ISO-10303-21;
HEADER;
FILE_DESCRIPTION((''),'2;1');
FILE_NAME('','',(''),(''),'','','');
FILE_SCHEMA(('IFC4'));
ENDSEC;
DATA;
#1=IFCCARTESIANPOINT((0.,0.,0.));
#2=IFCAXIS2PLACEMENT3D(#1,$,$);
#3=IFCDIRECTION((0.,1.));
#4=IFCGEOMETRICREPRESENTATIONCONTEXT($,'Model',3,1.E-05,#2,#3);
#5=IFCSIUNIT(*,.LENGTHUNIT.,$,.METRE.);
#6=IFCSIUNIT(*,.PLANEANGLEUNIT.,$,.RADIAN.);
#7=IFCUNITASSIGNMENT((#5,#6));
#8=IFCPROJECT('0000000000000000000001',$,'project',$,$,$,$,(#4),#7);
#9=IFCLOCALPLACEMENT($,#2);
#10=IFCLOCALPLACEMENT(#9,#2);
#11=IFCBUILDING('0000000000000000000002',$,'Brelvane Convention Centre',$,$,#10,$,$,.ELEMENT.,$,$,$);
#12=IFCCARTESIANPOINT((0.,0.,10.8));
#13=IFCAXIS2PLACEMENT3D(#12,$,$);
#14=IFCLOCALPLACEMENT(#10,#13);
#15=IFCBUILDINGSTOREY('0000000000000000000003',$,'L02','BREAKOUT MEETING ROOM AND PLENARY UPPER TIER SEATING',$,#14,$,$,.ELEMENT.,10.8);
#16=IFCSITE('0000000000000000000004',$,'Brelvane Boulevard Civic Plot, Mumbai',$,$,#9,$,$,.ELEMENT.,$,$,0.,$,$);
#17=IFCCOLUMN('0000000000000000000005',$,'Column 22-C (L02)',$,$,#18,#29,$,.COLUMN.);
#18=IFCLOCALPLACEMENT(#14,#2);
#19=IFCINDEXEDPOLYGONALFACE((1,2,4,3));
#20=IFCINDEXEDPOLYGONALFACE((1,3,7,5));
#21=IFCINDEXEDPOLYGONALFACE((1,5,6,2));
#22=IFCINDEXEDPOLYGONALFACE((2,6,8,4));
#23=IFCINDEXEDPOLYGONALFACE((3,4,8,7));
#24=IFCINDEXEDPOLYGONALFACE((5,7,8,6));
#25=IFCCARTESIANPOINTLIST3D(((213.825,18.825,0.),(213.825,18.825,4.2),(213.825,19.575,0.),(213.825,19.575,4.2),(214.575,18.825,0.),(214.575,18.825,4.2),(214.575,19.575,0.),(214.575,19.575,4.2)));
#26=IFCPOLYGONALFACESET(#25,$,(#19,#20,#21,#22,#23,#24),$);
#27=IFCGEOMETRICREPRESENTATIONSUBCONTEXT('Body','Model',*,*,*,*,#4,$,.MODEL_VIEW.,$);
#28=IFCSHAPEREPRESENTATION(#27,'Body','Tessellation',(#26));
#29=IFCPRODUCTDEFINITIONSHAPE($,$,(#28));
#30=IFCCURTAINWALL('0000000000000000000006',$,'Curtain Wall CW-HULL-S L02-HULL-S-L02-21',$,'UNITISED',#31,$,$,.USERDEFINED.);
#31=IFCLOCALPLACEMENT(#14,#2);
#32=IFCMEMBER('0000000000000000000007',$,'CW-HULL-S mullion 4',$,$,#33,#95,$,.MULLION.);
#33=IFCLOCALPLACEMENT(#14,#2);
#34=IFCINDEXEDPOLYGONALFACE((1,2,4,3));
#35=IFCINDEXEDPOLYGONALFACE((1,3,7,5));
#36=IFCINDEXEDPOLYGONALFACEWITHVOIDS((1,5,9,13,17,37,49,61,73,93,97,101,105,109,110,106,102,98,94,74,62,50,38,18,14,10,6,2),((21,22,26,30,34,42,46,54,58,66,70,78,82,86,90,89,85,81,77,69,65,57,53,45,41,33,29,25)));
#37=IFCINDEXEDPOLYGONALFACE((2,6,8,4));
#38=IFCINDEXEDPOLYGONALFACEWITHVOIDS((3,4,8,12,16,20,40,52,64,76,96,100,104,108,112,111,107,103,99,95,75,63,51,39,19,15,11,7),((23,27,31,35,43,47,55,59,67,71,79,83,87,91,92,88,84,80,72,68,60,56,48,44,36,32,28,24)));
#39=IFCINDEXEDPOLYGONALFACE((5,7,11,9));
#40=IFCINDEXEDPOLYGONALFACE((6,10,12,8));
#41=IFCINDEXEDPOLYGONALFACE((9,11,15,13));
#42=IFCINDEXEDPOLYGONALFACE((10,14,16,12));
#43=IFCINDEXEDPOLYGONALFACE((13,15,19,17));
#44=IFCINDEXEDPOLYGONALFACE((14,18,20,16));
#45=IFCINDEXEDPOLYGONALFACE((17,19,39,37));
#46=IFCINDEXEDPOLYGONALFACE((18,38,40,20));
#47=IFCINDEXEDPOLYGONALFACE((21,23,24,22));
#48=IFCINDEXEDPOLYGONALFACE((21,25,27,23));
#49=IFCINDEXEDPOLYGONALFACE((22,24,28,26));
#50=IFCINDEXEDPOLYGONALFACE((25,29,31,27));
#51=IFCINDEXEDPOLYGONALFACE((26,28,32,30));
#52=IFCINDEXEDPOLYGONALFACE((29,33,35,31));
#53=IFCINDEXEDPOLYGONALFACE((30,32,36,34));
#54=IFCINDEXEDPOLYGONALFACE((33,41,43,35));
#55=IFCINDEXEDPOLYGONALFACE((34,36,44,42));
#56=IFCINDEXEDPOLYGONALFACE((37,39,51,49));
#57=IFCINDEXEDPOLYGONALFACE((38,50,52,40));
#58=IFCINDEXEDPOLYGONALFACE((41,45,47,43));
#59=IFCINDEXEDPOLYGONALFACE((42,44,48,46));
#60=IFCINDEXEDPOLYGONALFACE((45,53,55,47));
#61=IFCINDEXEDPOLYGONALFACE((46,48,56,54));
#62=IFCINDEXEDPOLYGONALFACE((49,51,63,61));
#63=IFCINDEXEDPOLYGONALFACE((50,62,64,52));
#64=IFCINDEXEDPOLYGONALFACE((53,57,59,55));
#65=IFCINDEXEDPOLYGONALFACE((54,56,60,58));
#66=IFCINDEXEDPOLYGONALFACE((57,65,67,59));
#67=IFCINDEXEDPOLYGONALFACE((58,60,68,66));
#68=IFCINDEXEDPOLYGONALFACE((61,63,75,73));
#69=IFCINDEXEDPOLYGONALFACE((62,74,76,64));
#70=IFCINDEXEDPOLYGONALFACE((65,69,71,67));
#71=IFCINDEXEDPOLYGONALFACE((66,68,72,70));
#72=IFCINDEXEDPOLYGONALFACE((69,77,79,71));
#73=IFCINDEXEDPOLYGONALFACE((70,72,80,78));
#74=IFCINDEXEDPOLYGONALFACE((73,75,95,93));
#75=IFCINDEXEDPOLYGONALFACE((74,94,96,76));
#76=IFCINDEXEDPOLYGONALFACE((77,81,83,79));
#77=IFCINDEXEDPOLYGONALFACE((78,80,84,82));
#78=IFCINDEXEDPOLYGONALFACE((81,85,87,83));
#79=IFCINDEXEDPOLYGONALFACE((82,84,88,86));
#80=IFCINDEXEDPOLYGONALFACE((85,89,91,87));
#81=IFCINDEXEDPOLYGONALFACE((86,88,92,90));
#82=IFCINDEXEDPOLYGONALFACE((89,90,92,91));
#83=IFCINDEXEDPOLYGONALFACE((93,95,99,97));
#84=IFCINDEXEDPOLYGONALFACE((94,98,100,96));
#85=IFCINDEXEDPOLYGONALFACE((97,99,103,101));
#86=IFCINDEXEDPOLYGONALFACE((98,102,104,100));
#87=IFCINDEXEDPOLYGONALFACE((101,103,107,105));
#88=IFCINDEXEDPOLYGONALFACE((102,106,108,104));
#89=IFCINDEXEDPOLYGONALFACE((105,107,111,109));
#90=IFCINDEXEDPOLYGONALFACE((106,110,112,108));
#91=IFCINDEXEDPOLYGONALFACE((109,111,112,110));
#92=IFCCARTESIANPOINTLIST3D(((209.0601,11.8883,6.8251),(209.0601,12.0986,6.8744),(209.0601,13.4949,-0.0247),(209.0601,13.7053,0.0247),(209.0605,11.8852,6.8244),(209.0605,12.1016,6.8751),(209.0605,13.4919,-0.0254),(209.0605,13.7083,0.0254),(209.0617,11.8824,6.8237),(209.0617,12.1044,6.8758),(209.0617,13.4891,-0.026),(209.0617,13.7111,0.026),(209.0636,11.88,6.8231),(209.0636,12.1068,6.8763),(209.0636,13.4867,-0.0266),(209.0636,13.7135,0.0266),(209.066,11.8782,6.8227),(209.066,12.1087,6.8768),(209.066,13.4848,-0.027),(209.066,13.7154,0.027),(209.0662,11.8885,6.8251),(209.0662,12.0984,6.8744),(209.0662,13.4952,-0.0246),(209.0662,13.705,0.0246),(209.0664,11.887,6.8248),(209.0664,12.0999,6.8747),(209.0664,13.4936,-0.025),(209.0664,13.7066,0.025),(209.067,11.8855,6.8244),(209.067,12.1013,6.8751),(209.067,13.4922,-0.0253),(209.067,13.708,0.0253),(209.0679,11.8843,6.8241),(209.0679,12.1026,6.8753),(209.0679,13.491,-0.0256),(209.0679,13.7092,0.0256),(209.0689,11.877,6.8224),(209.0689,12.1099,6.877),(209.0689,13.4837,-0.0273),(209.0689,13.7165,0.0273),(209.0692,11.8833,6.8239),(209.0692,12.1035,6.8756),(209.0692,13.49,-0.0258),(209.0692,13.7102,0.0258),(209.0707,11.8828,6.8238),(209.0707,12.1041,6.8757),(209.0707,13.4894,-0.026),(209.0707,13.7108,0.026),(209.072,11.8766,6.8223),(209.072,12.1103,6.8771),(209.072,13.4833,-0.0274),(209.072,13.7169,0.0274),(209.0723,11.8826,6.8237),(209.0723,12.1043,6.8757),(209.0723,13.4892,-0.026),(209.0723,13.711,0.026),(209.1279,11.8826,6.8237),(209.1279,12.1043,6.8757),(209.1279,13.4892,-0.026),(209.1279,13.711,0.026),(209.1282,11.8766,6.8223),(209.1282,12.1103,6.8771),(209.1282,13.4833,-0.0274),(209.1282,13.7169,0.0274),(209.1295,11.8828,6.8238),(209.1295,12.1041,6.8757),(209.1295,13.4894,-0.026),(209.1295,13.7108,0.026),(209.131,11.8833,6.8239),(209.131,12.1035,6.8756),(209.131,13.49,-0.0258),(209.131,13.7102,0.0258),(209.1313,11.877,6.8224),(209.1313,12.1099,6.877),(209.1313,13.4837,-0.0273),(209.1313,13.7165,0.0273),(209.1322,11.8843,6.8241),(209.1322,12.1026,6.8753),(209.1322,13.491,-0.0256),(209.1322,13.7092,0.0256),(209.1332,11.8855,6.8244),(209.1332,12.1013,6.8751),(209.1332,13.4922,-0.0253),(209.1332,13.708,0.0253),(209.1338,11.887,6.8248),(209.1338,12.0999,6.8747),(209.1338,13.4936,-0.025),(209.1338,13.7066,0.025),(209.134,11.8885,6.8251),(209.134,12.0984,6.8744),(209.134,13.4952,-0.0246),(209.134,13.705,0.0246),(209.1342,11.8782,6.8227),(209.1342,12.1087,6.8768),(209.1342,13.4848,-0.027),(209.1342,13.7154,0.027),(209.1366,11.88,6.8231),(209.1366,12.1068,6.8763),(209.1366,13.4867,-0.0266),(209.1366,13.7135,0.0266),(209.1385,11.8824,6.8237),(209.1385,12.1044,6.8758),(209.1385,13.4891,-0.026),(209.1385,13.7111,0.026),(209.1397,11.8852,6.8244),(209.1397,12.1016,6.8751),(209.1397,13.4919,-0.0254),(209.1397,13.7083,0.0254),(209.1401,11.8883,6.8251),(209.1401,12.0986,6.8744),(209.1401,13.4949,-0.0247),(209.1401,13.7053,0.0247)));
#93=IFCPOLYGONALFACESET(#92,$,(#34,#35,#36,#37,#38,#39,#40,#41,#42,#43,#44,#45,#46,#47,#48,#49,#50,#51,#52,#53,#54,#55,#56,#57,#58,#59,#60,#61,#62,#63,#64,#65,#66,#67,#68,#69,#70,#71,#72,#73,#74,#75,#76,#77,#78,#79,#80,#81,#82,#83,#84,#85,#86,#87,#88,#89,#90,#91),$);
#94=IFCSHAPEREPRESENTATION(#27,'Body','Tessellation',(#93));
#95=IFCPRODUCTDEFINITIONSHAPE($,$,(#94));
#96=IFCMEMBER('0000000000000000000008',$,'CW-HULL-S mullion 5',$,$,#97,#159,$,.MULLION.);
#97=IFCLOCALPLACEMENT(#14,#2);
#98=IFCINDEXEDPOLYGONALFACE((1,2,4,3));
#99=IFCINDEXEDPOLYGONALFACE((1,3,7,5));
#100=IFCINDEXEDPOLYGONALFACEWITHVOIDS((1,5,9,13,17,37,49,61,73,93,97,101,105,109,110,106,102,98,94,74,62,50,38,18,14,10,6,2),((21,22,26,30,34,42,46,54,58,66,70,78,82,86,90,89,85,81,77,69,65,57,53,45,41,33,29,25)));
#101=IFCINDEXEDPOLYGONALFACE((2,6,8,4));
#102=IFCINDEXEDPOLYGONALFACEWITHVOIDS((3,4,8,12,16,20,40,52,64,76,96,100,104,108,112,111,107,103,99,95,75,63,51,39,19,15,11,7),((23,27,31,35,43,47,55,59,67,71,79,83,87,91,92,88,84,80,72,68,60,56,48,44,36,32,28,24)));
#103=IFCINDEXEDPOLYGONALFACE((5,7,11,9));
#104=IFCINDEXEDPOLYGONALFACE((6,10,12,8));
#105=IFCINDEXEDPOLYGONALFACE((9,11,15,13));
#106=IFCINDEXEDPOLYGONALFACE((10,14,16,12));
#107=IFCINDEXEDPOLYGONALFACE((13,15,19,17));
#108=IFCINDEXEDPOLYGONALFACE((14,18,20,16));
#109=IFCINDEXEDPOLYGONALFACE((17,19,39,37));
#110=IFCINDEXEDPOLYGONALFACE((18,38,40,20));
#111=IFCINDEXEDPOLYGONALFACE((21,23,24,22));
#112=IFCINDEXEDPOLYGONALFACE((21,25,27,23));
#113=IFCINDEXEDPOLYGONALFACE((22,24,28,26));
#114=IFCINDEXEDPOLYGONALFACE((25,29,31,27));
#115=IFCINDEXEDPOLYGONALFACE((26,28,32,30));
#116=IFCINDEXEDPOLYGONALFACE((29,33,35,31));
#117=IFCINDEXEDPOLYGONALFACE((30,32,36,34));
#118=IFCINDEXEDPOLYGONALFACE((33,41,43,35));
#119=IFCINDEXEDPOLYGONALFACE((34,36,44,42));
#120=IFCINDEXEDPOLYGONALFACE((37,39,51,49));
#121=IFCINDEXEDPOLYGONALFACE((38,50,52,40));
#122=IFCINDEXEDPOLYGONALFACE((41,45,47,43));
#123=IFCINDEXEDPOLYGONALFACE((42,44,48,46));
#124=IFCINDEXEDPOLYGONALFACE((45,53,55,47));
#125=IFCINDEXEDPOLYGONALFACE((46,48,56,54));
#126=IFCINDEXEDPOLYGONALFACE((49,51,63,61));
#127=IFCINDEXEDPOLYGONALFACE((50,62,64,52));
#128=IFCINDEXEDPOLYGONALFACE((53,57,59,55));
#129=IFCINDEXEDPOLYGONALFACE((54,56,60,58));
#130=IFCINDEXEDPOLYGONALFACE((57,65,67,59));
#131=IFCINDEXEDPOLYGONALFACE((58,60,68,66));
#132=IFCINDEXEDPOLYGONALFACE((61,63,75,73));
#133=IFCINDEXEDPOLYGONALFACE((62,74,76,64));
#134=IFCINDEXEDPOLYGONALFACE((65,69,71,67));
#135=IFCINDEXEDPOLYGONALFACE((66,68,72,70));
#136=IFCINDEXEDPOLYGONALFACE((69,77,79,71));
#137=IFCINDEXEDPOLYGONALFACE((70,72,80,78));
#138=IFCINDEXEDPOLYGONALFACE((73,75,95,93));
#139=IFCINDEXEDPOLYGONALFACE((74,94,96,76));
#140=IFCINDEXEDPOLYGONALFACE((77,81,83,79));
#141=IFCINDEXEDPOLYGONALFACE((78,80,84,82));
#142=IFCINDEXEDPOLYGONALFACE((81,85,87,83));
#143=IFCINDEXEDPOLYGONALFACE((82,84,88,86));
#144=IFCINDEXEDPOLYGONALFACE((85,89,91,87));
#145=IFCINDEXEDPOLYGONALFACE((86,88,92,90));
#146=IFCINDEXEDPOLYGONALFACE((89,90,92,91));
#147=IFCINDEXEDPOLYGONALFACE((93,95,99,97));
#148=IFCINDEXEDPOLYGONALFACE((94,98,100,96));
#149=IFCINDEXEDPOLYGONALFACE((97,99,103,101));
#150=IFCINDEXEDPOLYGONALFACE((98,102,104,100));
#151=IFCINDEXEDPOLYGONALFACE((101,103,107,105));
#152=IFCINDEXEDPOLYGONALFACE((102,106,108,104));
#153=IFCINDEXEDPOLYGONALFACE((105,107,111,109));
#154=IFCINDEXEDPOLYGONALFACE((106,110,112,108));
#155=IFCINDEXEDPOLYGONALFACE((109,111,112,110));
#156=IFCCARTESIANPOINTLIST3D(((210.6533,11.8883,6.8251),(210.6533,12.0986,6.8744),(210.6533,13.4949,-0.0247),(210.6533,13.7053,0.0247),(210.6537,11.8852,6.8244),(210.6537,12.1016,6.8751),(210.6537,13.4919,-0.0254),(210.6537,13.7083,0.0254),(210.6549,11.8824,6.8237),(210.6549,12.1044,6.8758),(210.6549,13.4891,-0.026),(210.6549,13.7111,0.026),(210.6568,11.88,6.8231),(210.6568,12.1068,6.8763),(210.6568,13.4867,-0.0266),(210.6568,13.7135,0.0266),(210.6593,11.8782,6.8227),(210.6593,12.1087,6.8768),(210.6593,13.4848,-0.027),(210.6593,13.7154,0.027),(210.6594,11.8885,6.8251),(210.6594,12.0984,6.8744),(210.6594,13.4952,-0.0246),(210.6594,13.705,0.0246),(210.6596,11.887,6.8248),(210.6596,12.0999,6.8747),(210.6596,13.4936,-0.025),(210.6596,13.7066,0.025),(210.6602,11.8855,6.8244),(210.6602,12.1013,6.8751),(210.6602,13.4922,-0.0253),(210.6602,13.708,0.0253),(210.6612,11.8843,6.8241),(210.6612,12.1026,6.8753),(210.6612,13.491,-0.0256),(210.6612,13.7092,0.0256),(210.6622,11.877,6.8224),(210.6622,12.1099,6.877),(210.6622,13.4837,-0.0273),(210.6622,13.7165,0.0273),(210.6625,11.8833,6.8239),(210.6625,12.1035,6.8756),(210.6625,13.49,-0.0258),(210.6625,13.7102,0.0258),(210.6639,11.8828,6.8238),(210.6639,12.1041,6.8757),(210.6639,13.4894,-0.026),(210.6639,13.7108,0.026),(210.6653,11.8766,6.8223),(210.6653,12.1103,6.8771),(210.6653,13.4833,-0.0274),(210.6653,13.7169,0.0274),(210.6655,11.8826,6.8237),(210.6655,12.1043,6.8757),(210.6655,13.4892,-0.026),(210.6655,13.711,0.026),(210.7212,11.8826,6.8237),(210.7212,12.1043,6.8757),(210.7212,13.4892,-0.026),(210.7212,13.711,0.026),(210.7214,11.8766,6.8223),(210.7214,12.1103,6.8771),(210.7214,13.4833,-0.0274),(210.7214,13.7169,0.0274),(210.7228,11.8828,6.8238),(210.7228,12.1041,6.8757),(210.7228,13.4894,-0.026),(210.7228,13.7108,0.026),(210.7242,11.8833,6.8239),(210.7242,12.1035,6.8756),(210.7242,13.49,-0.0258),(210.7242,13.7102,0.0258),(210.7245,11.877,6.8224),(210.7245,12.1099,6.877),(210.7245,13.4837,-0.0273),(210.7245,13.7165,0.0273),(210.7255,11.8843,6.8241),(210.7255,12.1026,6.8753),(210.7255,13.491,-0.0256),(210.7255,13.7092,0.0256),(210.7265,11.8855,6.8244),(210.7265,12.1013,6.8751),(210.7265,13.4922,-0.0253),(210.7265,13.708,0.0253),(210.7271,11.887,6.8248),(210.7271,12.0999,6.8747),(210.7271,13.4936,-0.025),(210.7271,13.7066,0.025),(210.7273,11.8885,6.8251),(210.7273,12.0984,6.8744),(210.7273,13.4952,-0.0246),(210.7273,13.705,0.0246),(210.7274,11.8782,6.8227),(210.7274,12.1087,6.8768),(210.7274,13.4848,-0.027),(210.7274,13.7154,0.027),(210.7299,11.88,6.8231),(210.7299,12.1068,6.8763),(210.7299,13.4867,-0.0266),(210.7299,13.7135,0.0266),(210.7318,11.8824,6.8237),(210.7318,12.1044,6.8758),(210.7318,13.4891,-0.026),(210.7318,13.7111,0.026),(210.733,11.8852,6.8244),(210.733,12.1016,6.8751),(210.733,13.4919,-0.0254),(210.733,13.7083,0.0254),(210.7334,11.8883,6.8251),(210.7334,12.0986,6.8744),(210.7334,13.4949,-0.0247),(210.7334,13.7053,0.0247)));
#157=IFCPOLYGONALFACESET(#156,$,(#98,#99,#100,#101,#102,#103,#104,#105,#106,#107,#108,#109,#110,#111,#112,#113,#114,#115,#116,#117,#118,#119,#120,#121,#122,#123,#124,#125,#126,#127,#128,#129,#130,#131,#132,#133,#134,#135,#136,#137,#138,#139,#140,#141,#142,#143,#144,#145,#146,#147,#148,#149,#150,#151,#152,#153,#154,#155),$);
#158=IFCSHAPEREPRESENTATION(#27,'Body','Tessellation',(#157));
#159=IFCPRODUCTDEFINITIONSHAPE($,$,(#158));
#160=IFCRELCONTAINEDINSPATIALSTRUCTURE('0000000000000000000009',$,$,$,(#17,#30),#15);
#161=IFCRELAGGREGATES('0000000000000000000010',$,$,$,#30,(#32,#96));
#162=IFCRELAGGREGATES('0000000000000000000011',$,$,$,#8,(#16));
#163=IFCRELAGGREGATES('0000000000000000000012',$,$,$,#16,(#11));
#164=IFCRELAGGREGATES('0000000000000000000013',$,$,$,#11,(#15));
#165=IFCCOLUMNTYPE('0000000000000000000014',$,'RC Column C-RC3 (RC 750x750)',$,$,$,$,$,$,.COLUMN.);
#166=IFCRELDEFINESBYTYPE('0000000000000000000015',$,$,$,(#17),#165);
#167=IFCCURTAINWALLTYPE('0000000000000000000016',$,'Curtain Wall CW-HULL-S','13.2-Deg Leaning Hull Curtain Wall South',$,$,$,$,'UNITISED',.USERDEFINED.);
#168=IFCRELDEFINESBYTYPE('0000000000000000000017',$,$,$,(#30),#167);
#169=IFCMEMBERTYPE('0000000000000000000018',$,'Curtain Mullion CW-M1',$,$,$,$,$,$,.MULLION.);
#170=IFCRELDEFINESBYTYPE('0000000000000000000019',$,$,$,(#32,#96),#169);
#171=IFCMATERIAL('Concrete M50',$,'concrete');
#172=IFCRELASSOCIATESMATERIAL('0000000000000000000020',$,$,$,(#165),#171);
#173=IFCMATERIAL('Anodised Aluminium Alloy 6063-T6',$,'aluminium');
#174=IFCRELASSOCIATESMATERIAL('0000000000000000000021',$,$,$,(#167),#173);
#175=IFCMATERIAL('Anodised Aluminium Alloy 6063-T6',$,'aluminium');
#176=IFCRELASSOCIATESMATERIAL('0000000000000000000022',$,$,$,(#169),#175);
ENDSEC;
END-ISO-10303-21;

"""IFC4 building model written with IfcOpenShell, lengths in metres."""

from ifc_helpers import new_model, si_unit, direction, frame, origin, origin_2d, place, context, subcontext, project, spatial, rectangle, hollow_rectangle, extrude, material, material_profile, profile_set, type_object, element, aggregate, save


model = new_model("IFC4")

# Units and contexts
model_context = context("Model", 3, precision=1e-05, world=origin(), true_north=direction((0.0, 1.0)))
body_context = subcontext(model_context, "Body", "Model", "MODEL_VIEW")
ifc_project = project(units=[si_unit("LENGTHUNIT", "METRE"), si_unit("PLANEANGLEUNIT", "RADIAN")], contexts=[model_context])

# Site, building, storey
site_placement = place(None, origin())
site = spatial("IfcSite", under=ifc_project, at=site_placement, Name="Brelvane Boulevard Civic Plot, Mumbai", CompositionType="ELEMENT", RefElevation=0.0)
building_placement = place(site_placement, origin())
building = spatial("IfcBuilding", under=site, at=building_placement, Name="Brelvane Convention Centre", CompositionType="ELEMENT")
storey_placement = place(building_placement, frame((0.0, 0.0, 10.8)))
storey = spatial("IfcBuildingStorey", under=building, at=storey_placement, Name="L02", Description="BREAKOUT MEETING ROOM AND PLENARY UPPER TIER SEATING", CompositionType="ELEMENT", Elevation=10.8)

# Column
ifc_material_1 = material(Name="Concrete M50", Category="concrete")
ifc_material_profile_1 = material_profile(ifc_material_1, rectangle(XDim=0.75, YDim=0.75, at=origin_2d()), Name="RC 750x750")
ifc_profile_set_1 = profile_set([ifc_material_profile_1], Name="Concrete M50")
column_type = type_object("IfcColumnType", Name="RC Column C-RC3 (RC 750x750)", PredefinedType="COLUMN", material=ifc_profile_set_1)
column_placement = place(storey_placement, frame((214.2, 19.2, 0.0), z_axis=(0.0, 0.0, 1.0), x_axis=(1.0, 0.0, 0.0)))
element("IfcColumn", 1, at=column_placement, inside=storey, type_object=column_type, Name="Column 22-C (L02)", PredefinedType="COLUMN", context=body_context, shape_type="SweptSolid", body=[
    extrude(rectangle(XDim=0.75, YDim=0.75, at=origin_2d()), origin(), (0.0, 0.0, 1.0), 4.2),
])

# Curtain wall, members
ifc_material_2 = material(Name="Anodised Aluminium Alloy 6063-T6", Category="aluminium")
curtain_wall_type = type_object("IfcCurtainWallType", Name="Curtain Wall CW-HULL-S", Description="13.2-Deg Leaning Hull Curtain Wall South", ElementType="UNITISED", PredefinedType="USERDEFINED", material=ifc_material_2)
curtain_wall_placement = place(storey_placement, origin())
curtain_wall = element("IfcCurtainWall", 2, at=curtain_wall_placement, inside=storey, type_object=curtain_wall_type, Name="Curtain Wall CW-HULL-S L02-HULL-S-L02-21", ObjectType="UNITISED", PredefinedType="USERDEFINED")
ifc_material_3 = material(Name="Anodised Aluminium Alloy 6063-T6", Category="aluminium")
ifc_material_profile_2 = material_profile(ifc_material_3, hollow_rectangle(XDim=0.0801, YDim=0.24, WallThickness=0.0061, InnerFilletRadius=0.0061, OuterFilletRadius=0.012, at=origin_2d()), Name="ALU-M 240x80x6.0")
ifc_profile_set_2 = profile_set([ifc_material_profile_2], Name="Anodised Aluminium Alloy 6063-T6")
member_type_1 = type_object("IfcMemberType", Name="Curtain Mullion CW-M1", PredefinedType="MULLION", material=ifc_profile_set_2)
member_1_placement = place(storey_placement, frame((209.1001, 13.6001, 0.0), z_axis=(0.0, -0.22836, 0.973577), x_axis=(1.0, 0.0, 0.0)))
member_1 = element("IfcMember", 3, at=member_1_placement, type_object=member_type_1, Name="CW-HULL-S mullion 4", PredefinedType="MULLION", context=body_context, shape_type="SweptSolid", body=[
    extrude(hollow_rectangle(XDim=0.0801, YDim=0.24, WallThickness=0.0061, InnerFilletRadius=0.0061, OuterFilletRadius=0.012, at=origin_2d()), origin(), (0.0, 0.0, 1.0), 7.0356),
])
member_2_placement = place(storey_placement, frame((210.6934, 13.6001, 0.0), z_axis=(0.0, -0.22836, 0.973577), x_axis=(1.0, 0.0, 0.0)))
member_2 = element("IfcMember", 4, at=member_2_placement, type_object=member_type_1, Name="CW-HULL-S mullion 5", PredefinedType="MULLION", context=body_context, shape_type="SweptSolid", body=[
    extrude(hollow_rectangle(XDim=0.0801, YDim=0.24, WallThickness=0.0061, InnerFilletRadius=0.0061, OuterFilletRadius=0.012, at=origin_2d()), origin(), (0.0, 0.0, 1.0), 7.0356),
])

aggregate(curtain_wall, [member_1, member_2])

save(model, "model.ifc")
